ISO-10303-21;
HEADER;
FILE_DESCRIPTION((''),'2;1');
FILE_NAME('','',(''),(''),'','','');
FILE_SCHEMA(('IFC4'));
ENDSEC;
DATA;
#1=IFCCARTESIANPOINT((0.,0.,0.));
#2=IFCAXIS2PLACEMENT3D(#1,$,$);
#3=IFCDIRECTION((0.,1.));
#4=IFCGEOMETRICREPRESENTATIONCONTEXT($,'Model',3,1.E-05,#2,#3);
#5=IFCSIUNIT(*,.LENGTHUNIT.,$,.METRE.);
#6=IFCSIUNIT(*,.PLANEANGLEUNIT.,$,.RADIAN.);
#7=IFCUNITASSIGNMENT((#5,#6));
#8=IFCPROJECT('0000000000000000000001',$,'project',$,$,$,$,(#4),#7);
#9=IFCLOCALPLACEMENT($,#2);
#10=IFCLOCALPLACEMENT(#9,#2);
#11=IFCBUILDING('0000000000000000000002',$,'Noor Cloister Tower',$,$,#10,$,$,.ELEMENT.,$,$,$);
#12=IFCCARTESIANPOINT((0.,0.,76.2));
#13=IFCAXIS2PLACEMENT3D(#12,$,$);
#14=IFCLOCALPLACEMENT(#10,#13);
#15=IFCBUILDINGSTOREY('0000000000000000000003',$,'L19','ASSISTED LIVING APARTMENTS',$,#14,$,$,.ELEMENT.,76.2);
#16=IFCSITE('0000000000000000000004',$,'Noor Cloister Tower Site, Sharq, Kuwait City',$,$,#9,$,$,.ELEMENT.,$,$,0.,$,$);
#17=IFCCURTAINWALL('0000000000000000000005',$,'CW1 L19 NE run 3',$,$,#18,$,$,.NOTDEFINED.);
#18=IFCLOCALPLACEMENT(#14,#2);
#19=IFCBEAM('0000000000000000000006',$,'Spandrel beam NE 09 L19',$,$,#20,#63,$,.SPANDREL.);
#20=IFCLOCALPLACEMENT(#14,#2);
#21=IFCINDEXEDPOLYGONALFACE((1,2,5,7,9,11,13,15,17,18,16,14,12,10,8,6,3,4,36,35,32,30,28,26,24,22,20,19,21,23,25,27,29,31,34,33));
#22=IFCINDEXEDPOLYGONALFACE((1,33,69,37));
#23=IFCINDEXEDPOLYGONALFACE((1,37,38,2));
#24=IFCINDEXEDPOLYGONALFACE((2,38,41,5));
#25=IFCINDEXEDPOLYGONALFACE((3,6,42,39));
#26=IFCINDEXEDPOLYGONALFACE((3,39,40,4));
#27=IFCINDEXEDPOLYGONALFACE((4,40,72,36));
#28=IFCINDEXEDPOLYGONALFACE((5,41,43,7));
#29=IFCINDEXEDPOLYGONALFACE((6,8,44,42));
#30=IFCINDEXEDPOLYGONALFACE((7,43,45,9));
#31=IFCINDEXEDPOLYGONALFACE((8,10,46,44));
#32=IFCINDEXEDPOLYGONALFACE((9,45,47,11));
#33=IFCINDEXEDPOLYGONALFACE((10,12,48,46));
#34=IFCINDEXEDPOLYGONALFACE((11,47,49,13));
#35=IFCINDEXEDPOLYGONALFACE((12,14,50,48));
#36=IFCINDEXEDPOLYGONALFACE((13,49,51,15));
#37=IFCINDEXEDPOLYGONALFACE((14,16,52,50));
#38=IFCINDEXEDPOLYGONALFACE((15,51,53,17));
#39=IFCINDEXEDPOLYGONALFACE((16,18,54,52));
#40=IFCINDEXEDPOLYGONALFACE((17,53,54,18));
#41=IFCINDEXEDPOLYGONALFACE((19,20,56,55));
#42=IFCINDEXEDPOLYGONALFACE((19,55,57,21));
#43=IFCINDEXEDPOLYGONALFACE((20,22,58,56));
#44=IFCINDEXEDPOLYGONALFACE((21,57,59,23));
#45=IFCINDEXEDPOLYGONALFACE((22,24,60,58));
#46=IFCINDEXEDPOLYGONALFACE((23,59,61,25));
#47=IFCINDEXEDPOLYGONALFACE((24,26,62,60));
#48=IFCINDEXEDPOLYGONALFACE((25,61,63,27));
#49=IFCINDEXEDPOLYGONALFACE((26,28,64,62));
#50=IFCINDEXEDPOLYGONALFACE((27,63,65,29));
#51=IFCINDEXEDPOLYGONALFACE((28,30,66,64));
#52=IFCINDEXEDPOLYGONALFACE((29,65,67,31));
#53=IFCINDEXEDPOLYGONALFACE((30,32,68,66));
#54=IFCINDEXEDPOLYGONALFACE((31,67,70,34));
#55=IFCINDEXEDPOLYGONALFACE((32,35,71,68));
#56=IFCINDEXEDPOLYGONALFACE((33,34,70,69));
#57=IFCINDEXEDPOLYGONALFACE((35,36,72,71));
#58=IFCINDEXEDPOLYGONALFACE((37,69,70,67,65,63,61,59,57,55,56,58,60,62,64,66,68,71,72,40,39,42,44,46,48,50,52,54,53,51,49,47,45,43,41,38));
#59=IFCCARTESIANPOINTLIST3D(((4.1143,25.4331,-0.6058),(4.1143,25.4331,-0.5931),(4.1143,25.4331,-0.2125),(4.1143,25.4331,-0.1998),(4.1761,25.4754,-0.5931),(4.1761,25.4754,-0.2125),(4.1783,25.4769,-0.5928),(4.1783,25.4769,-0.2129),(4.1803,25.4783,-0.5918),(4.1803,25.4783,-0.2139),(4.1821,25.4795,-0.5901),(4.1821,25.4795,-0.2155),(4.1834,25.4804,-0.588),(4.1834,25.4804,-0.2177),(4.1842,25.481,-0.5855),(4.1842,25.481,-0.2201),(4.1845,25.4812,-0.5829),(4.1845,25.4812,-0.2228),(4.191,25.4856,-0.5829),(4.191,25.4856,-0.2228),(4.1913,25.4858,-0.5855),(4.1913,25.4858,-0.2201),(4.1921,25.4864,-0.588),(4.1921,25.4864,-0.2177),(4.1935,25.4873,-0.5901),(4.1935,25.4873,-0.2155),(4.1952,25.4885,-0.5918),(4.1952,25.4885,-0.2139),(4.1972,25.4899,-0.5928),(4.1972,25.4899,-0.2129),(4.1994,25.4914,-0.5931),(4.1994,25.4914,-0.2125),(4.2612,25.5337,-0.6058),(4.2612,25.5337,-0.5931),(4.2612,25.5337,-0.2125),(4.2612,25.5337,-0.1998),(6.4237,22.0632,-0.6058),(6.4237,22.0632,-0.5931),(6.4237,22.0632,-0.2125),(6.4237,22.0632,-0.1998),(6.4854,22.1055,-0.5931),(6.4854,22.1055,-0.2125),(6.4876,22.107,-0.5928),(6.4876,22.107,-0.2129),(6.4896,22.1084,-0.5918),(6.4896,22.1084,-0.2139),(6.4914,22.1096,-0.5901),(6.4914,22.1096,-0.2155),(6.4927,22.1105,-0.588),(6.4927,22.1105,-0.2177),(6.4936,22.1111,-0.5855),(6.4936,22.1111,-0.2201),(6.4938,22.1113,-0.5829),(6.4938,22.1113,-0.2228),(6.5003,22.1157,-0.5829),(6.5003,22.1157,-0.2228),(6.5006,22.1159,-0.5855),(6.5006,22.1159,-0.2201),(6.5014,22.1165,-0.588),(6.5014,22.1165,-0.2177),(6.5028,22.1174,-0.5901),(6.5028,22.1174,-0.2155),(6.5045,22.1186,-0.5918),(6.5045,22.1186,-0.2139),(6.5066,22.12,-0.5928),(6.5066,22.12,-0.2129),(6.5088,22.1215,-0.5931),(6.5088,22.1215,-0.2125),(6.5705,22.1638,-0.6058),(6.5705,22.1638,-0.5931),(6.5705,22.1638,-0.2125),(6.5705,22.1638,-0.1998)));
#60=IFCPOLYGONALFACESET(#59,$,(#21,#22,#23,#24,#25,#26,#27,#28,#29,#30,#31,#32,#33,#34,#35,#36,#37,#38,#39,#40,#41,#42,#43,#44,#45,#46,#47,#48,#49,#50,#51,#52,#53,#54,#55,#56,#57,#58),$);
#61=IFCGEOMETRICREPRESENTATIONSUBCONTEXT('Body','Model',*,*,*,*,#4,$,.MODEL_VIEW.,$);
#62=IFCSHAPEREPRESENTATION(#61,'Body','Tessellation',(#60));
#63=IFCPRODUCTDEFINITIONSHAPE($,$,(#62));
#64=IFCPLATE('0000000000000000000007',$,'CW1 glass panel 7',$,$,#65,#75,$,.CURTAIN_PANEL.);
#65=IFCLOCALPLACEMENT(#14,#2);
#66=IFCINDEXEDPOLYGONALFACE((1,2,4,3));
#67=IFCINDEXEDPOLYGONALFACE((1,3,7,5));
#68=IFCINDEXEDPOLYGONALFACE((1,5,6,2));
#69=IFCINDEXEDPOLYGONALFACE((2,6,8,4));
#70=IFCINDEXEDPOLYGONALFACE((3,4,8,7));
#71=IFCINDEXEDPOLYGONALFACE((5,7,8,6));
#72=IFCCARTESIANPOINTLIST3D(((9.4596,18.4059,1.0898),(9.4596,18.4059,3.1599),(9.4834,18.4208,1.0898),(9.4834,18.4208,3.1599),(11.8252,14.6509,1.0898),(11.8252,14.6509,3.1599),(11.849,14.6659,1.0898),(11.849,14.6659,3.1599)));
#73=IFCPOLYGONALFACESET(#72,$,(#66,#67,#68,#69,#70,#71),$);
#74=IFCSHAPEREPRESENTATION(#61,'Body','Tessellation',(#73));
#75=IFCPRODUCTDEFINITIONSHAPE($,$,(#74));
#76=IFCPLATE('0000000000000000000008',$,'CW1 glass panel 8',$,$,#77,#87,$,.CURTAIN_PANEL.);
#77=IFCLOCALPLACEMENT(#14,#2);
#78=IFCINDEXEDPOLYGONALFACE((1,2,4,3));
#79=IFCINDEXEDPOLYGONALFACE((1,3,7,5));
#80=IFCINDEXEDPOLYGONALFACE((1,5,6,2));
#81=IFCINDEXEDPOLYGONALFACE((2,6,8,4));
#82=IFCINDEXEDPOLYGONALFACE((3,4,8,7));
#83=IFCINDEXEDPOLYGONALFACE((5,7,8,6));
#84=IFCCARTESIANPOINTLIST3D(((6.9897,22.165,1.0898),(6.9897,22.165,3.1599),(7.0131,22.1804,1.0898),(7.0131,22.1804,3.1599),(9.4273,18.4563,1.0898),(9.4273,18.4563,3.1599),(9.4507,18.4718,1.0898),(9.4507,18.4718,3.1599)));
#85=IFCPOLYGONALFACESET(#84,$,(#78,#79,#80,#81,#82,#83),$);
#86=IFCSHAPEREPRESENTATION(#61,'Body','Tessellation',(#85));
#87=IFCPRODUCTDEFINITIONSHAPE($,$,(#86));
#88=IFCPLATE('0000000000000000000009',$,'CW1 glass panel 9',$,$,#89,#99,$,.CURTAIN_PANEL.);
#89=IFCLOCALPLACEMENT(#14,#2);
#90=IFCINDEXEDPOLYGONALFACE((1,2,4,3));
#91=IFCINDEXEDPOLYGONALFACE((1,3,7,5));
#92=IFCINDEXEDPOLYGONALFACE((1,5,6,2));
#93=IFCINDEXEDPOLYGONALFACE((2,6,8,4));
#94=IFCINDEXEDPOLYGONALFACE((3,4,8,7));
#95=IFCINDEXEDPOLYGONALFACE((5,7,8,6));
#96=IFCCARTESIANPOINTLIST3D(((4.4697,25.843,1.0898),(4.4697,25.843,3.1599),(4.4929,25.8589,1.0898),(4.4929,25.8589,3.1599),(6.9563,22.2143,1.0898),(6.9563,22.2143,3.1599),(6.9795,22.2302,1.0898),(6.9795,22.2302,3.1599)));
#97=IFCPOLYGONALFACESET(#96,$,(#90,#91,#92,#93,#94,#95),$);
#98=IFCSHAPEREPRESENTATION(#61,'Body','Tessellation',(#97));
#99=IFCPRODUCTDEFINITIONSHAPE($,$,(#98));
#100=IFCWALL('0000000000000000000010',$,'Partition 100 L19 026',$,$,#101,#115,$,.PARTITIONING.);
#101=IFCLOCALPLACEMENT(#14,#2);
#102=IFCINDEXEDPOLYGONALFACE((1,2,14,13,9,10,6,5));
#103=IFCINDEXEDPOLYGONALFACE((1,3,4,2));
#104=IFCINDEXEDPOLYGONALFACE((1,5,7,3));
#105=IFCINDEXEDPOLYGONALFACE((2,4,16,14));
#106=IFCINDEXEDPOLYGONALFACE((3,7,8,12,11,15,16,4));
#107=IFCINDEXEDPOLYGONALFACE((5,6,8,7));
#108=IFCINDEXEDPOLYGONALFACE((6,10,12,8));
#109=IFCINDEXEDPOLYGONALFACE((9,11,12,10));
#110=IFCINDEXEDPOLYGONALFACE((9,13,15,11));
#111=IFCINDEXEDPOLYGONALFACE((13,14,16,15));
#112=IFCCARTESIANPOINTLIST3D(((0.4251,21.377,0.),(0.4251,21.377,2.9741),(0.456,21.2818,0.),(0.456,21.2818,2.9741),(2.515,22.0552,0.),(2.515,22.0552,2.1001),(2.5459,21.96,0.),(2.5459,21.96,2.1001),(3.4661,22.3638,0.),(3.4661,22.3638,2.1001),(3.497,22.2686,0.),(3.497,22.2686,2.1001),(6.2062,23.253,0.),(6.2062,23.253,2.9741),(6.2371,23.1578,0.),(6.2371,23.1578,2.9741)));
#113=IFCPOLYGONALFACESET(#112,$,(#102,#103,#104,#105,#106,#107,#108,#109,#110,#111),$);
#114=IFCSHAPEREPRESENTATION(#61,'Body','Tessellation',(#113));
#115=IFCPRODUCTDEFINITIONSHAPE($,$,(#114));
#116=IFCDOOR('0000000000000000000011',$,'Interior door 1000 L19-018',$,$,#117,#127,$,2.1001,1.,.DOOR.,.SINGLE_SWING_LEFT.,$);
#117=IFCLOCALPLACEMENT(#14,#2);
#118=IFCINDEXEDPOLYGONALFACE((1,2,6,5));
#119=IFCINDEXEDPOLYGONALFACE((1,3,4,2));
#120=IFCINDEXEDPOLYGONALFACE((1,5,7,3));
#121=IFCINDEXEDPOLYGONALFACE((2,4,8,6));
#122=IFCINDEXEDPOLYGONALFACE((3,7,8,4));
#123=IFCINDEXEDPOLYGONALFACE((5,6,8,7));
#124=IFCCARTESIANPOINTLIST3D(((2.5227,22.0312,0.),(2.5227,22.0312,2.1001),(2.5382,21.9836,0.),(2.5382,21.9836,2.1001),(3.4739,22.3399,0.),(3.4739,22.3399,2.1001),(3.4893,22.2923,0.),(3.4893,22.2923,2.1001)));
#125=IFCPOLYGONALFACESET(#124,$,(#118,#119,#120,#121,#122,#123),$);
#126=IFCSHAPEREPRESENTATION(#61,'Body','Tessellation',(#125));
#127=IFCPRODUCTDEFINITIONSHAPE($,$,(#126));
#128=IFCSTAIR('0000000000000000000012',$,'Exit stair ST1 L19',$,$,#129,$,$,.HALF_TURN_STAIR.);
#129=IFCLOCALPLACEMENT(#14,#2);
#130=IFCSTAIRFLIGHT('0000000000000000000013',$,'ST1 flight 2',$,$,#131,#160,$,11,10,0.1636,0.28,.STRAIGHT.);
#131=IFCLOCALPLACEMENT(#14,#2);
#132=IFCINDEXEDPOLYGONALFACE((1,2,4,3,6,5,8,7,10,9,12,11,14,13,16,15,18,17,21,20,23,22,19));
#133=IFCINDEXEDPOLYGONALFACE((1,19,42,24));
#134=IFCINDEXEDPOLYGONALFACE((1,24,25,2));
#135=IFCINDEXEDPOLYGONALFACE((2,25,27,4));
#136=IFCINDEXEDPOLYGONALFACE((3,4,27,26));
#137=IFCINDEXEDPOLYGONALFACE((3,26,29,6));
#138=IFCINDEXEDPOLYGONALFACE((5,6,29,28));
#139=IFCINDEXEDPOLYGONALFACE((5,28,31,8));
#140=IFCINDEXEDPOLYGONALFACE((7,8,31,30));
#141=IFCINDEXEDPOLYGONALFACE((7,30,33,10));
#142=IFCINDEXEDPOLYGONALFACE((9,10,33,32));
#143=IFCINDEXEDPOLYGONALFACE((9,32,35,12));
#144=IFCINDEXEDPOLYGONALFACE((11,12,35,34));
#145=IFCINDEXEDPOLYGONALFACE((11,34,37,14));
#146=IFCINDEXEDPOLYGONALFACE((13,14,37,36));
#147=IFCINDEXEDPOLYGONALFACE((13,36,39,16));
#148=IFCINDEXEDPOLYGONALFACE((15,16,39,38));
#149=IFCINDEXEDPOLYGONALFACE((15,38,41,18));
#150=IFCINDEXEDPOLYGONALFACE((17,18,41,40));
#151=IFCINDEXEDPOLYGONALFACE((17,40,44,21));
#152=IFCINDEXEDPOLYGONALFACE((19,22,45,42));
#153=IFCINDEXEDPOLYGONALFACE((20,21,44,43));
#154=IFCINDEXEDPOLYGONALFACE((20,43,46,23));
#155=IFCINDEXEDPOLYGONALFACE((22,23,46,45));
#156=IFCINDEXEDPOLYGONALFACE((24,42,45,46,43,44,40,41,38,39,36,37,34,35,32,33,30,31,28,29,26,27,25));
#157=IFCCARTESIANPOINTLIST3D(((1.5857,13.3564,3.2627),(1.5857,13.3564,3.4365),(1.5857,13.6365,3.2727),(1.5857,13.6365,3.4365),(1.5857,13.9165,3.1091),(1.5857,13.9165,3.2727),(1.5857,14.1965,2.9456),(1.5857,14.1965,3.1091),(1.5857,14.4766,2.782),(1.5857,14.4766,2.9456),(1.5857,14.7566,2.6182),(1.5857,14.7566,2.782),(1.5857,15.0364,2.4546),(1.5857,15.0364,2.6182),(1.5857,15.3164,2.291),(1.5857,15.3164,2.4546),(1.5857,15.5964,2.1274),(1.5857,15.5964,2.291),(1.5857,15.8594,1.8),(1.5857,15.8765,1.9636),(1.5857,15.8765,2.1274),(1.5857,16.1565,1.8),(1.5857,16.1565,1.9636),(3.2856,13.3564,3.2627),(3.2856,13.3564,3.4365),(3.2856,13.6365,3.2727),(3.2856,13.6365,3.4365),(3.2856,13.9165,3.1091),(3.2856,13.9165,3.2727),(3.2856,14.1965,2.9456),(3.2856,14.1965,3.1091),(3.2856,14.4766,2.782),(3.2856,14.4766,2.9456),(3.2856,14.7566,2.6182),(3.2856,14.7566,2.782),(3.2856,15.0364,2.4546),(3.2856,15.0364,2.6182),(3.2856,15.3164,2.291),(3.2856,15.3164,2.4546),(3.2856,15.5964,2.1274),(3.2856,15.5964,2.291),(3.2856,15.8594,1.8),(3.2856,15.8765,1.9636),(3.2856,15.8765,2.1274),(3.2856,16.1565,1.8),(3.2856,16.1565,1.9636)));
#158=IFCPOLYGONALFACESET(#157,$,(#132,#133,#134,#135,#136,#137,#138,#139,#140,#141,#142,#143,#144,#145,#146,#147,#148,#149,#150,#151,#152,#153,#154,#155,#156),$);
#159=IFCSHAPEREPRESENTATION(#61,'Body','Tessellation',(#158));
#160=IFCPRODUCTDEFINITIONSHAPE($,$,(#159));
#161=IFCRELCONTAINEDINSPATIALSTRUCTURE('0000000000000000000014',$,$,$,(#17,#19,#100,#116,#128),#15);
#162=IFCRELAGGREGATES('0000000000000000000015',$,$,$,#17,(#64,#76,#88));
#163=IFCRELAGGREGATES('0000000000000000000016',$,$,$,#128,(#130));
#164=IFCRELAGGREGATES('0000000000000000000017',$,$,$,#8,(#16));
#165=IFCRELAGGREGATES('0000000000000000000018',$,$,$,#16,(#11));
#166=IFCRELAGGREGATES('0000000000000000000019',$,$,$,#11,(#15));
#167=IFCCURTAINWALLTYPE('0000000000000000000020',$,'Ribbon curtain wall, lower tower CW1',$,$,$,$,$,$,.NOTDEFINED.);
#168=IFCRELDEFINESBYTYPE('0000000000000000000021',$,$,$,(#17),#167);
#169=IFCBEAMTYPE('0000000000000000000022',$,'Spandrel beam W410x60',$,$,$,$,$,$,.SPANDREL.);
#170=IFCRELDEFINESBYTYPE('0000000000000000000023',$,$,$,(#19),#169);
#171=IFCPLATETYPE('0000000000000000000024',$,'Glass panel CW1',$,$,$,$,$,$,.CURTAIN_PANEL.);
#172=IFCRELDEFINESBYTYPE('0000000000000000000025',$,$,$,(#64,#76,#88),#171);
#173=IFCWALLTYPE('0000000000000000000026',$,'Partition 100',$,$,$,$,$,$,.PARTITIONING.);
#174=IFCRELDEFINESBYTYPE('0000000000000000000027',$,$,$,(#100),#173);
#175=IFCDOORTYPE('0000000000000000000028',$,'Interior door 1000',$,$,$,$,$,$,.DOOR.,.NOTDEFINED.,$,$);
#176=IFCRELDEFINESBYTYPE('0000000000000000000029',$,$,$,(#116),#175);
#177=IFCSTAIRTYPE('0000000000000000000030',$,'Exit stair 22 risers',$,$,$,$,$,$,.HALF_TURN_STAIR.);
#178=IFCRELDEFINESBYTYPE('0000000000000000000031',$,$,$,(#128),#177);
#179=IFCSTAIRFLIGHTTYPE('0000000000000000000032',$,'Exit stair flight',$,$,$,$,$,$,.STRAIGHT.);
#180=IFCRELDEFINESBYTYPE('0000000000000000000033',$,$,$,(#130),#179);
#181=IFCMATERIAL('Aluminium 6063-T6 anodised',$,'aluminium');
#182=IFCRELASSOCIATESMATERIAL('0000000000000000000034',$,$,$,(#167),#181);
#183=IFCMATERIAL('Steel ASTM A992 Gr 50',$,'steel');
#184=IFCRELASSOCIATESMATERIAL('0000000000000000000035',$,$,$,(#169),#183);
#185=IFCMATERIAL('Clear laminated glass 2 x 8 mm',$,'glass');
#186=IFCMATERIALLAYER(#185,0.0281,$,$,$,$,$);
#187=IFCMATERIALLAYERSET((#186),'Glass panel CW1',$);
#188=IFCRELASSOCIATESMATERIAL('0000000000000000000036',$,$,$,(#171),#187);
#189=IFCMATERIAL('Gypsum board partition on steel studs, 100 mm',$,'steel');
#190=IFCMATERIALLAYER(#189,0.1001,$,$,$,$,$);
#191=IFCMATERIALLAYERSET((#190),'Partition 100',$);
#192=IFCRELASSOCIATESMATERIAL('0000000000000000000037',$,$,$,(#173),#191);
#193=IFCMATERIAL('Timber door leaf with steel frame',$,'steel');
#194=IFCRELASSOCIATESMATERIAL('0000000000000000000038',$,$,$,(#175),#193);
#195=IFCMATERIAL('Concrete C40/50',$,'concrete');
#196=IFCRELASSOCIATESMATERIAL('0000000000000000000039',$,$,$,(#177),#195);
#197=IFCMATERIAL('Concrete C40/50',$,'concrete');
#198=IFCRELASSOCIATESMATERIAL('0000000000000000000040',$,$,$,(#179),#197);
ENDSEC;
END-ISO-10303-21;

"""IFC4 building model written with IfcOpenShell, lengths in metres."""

from ifc_helpers import new_model, si_unit, direction, frame, frame_2d, origin, origin_2d, place, context, subcontext, project, spatial, polyline, rectangle, i_section, outline, extrude, material, layer, layer_set, material_profile, profile_set, type_object, element, fill, aggregate, save


model = new_model("IFC4")

# Units and contexts
model_context = context("Model", 3, precision=1e-05, world=origin(), true_north=direction((0.0, 1.0)))
body_context = subcontext(model_context, "Body", "Model", "MODEL_VIEW")
ifc_project = project(units=[si_unit("LENGTHUNIT", "METRE"), si_unit("PLANEANGLEUNIT", "RADIAN")], contexts=[model_context])

# Site, building, storey
site_placement = place(None, origin())
site = spatial("IfcSite", under=ifc_project, at=site_placement, Name="Noor Cloister Tower Site, Sharq, Kuwait City", CompositionType="ELEMENT", RefElevation=0.0)
building_placement = place(site_placement, origin())
building = spatial("IfcBuilding", under=site, at=building_placement, Name="Noor Cloister Tower", CompositionType="ELEMENT")
storey_placement = place(building_placement, frame((0.0, 0.0, 76.2)))
storey = spatial("IfcBuildingStorey", under=building, at=storey_placement, Name="L19", Description="ASSISTED LIVING APARTMENTS", CompositionType="ELEMENT", Elevation=76.2)

# Curtain wall
ifc_material_1 = material(Name="Aluminium 6063-T6 anodised", Category="aluminium")
curtain_wall_type = type_object("IfcCurtainWallType", Name="Ribbon curtain wall, lower tower CW1", PredefinedType="NOTDEFINED", material=ifc_material_1)
curtain_wall_placement = place(storey_placement, origin())
curtain_wall = element("IfcCurtainWall", 1, at=curtain_wall_placement, inside=storey, type_object=curtain_wall_type, Name="CW1 L19 NE run 3", PredefinedType="NOTDEFINED")

# Beam
ifc_material_2 = material(Name="Steel ASTM A992 Gr 50", Category="steel")
ifc_material_profile_1 = material_profile(ifc_material_2, i_section(OverallWidth=0.178, OverallDepth=0.406, WebThickness=0.0078, FlangeThickness=0.0127, FilletRadius=0.0103, at=origin_2d()), Name="W410x60")
ifc_profile_set_1 = profile_set([ifc_material_profile_1], Name="Steel ASTM A992 Gr 50")
beam_type_1 = type_object("IfcBeamType", Name="Spandrel beam W410x60", PredefinedType="SPANDREL", material=ifc_profile_set_1)
for number, where, z_axis, x_axis, name in (
    (2, (6.4971, 22.1135, -0.4028), (-0.565288, 0.824894, 0.0), (-0.824894, -0.565288, 0.0), "Spandrel beam NE 09 L19"),
):
    element("IfcBeam", number, at=place(storey_placement, frame(where, z_axis=z_axis, x_axis=x_axis)), inside=storey, type_object=beam_type_1, Name=name, PredefinedType="SPANDREL", context=body_context, shape_type="SweptSolid", body=[
        extrude(i_section(OverallWidth=0.178, OverallDepth=0.406, WebThickness=0.0078, FlangeThickness=0.0127, FilletRadius=0.0103, at=origin_2d()), origin(), (0.0, 0.0, 1.0), 4.0852),
    ])

# Plates
ifc_material_3 = material(Name="Clear laminated glass 2 x 8 mm", Category="glass")
ifc_layer_1 = layer(ifc_material_3, 0.0281)
ifc_layer_set_1 = layer_set([ifc_layer_1], Name="Glass panel CW1")
plate_type = type_object("IfcPlateType", Name="Glass panel CW1", PredefinedType="CURTAIN_PANEL", material=ifc_layer_set_1)
plate_1_placement = place(storey_placement, frame((10.6543, 16.5359, 1.0898), z_axis=(0.0, 0.0, 1.0), x_axis=(-0.533035, 0.846093, 0.0)))
plate_1 = element("IfcPlate", 3, at=plate_1_placement, type_object=plate_type, Name="CW1 glass panel 7", PredefinedType="CURTAIN_PANEL", context=body_context, shape_type="SweptSolid", body=[
    extrude(rectangle(XDim=4.438, YDim=0.0281, at=origin_2d()), origin(), (0.0, 0.0, 1.0), 2.0701),
])
plate_2_placement = place(storey_placement, frame((8.2202, 20.3184, 1.0898), z_axis=(0.0, 0.0, 1.0), x_axis=(-0.549258, 0.835653, 0.0)))
plate_2 = element("IfcPlate", 4, at=plate_2_placement, type_object=plate_type, Name="CW1 glass panel 8", PredefinedType="CURTAIN_PANEL", context=body_context, shape_type="SweptSolid", body=[
    extrude(rectangle(XDim=4.438, YDim=0.0281, at=origin_2d()), origin(), (0.0, 0.0, 1.0), 2.0701),
])
plate_3_placement = place(storey_placement, frame((5.7246, 24.0366, 1.0898), z_axis=(0.0, 0.0, 1.0), x_axis=(-0.565276, 0.824902, 0.0)))
plate_3 = element("IfcPlate", 5, at=plate_3_placement, type_object=plate_type, Name="CW1 glass panel 9", PredefinedType="CURTAIN_PANEL", context=body_context, shape_type="SweptSolid", body=[
    extrude(rectangle(XDim=4.3989, YDim=0.0281, at=origin_2d()), origin(), (0.0, 0.0, 1.0), 2.0701),
])
aggregate(curtain_wall, [plate_1, plate_2, plate_3])

# Wall, opening, door
ifc_material_4 = material(Name="Gypsum board partition on steel studs, 100 mm", Category="steel")
ifc_layer_2 = layer(ifc_material_4, 0.1001)
ifc_layer_set_2 = layer_set([ifc_layer_2], Name="Partition 100")
wall_type = type_object("IfcWallType", Name="Partition 100", PredefinedType="PARTITIONING", material=ifc_layer_set_2)
wall_placement = place(storey_placement, frame((0.4404, 21.3293, 0.0), z_axis=(0.0, 0.0, 1.0), x_axis=(0.951172, 0.308662, 0.0)))
wall = element("IfcWall", 6, at=wall_placement, inside=storey, type_object=wall_type, Name="Partition 100 L19 026", PredefinedType="PARTITIONING", context=body_context, shape_type="SweptSolid", body=[
    extrude(rectangle(XDim=6.0779, YDim=0.1001, at=frame_2d((3.0391, 0.0))), origin(), (0.0, 0.0, 1.0), 2.9741),
])
opening_placement = place(wall_placement, frame((2.1973, 0.0, 0.0)))
opening = element("IfcOpeningElement", 7, at=opening_placement, cuts=wall, PredefinedType="OPENING", context=body_context, shape_type="SweptSolid", body=[
    extrude(rectangle(XDim=1.0, YDim=2.1001, at=frame_2d((0.5, 1.05))), frame((0.0, 0.0601, 0.0), z_axis=(0.0, -1.0, 0.0), x_axis=(1.0, 0.0, 0.0)), (0.0, 0.0, 1.0), 0.1201),
])
ifc_material_5 = material(Name="Timber door leaf with steel frame", Category="steel")
door_type = type_object("IfcDoorType", Name="Interior door 1000", OperationType="NOTDEFINED", PredefinedType="DOOR", material=ifc_material_5)
door_placement = place(opening_placement, origin())
door = element("IfcDoor", 8, at=door_placement, inside=storey, type_object=door_type, Name="Interior door 1000 L19-018", OperationType="SINGLE_SWING_LEFT", OverallHeight=2.1001, OverallWidth=1.0, PredefinedType="DOOR", context=body_context, shape_type="SweptSolid", body=[
    extrude(rectangle(XDim=1.0, YDim=2.1001, at=frame_2d((0.5, 1.05))), frame((0.0, 0.0249, 0.0), z_axis=(0.0, -1.0, 0.0), x_axis=(1.0, 0.0, 0.0)), (0.0, 0.0, 1.0), 0.05),
])
fill(opening, door)

# Stair, stair flight
ifc_material_6 = material(Name="Concrete C40/50", Category="concrete")
stair_type = type_object("IfcStairType", Name="Exit stair 22 risers", PredefinedType="HALF_TURN_STAIR", material=ifc_material_6)
stair_placement = place(storey_placement, origin())
stair = element("IfcStair", 9, at=stair_placement, inside=storey, type_object=stair_type, Name="Exit stair ST1 L19", PredefinedType="HALF_TURN_STAIR")
ifc_material_7 = material(Name="Concrete C40/50", Category="concrete")
stair_flight_type = type_object("IfcStairFlightType", Name="Exit stair flight", PredefinedType="STRAIGHT", material=ifc_material_7)
stair_flight_placement = place(storey_placement, frame((2.4355, 16.1565, 1.8), z_axis=(0.0, 0.0, 1.0), x_axis=(0.0, -1.0, 0.0)))
stair_flight = element("IfcStairFlight", 10, at=stair_flight_placement, type_object=stair_flight_type, Name="ST1 flight 2", NumberOfRisers=11, NumberOfTreads=10, PredefinedType="STRAIGHT", RiserHeight=0.1636, TreadLength=0.28, context=body_context, shape_type="SweptSolid", body=[
    extrude(outline(polyline([(0.0, 0.0), (0.0, 0.1636), (0.28, 0.1636), (0.28, 0.3274), (0.5601, 0.3274), (0.5601, 0.491), (0.8401, 0.491), (0.8401, 0.6545), (1.1201, 0.6545), (1.1201, 0.8181), (1.3999, 0.8181), (1.3999, 0.9819), (1.6799, 0.9819), (1.6799, 1.1455), (1.96, 1.1455), (1.96, 1.3091), (2.24, 1.3091), (2.24, 1.4727), (2.52, 1.4727), (2.52, 1.6365), (2.8, 1.6365), (2.8, 1.8), (2.8, 1.4626), (0.2971, 0.0), (0.0, 0.0)])), frame((0.0, 0.8501, 0.0), z_axis=(0.0, -1.0, 0.0), x_axis=(1.0, 0.0, 0.0)), (0.0, 0.0, 1.0), 1.7),
])
aggregate(stair, [stair_flight])

save(model, "model.ifc")
